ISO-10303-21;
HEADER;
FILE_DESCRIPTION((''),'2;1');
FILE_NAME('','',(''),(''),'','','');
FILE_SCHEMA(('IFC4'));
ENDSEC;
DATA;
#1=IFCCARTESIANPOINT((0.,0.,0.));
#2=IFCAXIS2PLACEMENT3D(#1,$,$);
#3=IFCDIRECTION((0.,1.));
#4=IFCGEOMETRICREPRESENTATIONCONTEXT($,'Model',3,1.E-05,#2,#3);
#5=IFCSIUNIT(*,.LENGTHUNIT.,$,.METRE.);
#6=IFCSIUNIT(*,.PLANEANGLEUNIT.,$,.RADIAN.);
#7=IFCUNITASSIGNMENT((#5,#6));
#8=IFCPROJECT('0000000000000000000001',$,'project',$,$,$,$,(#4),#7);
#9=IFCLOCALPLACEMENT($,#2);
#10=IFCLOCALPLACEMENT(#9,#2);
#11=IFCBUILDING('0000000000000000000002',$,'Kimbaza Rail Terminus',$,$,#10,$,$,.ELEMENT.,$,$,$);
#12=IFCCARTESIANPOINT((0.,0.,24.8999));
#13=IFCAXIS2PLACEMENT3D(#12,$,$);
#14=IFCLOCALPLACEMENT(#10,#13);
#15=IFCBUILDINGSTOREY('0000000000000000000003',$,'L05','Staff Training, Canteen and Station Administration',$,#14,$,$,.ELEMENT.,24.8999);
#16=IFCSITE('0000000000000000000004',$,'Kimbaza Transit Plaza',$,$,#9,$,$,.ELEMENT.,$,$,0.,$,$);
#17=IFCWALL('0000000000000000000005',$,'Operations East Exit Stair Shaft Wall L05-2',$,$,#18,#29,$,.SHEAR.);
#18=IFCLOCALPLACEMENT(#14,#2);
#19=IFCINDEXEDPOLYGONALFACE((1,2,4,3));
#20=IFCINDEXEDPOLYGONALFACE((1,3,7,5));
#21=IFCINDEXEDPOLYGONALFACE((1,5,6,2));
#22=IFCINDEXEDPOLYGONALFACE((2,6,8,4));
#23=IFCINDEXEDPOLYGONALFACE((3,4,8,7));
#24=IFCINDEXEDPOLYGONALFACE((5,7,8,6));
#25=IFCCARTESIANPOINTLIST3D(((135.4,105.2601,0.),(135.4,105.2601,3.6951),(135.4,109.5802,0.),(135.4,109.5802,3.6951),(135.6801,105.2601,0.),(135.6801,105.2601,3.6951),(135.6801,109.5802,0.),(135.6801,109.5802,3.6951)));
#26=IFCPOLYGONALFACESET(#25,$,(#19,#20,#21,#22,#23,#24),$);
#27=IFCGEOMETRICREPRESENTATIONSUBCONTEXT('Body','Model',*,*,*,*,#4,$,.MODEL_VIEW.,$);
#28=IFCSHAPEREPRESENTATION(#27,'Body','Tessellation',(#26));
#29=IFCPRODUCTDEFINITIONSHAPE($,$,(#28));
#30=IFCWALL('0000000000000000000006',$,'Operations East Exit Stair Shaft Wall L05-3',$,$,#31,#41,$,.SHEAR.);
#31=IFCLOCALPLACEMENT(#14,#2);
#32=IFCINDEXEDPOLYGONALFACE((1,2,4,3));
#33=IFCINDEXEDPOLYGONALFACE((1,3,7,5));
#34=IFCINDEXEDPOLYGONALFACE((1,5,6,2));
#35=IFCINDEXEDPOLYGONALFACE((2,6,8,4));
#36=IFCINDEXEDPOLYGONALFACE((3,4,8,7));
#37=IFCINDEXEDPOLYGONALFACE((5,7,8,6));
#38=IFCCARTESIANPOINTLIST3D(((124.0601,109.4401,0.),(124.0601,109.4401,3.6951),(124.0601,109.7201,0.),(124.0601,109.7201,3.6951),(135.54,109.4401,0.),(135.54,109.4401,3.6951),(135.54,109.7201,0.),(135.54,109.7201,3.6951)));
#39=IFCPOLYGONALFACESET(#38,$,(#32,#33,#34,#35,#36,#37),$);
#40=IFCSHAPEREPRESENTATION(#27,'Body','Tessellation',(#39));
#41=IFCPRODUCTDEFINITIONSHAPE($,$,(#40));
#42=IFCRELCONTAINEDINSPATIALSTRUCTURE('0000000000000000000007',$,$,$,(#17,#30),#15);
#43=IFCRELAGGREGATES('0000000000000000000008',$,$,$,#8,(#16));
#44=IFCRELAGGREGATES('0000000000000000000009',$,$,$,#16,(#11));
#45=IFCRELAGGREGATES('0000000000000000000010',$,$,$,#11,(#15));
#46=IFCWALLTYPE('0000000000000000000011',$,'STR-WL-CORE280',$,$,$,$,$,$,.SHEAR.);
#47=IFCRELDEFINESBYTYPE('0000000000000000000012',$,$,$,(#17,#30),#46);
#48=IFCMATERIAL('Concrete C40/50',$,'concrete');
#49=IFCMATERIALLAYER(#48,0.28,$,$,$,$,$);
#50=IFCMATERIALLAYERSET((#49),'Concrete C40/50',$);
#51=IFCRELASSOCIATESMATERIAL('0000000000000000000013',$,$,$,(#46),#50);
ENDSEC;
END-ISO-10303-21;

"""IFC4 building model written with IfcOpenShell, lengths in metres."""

from ifc_helpers import new_model, si_unit, direction, frame, frame_2d, origin, place, context, subcontext, project, spatial, rectangle, extrude, material, layer, layer_set, type_object, element, save


model = new_model("IFC4")

# Units and contexts
model_context = context("Model", 3, precision=1e-05, world=origin(), true_north=direction((0.0, 1.0)))
body_context = subcontext(model_context, "Body", "Model", "MODEL_VIEW")
ifc_project = project(units=[si_unit("LENGTHUNIT", "METRE"), si_unit("PLANEANGLEUNIT", "RADIAN")], contexts=[model_context])

# Site, building, storey
site_placement = place(None, origin())
site = spatial("IfcSite", under=ifc_project, at=site_placement, Name="Kimbaza Transit Plaza", CompositionType="ELEMENT", RefElevation=0.0)
building_placement = place(site_placement, origin())
building = spatial("IfcBuilding", under=site, at=building_placement, Name="Kimbaza Rail Terminus", CompositionType="ELEMENT")
storey_placement = place(building_placement, frame((0.0, 0.0, 24.8999)))
storey = spatial("IfcBuildingStorey", under=building, at=storey_placement, Name="L05", Description="Staff Training, Canteen and Station Administration", CompositionType="ELEMENT", Elevation=24.8999)

# Walls
ifc_material_1 = material(Name="Concrete C40/50", Category="concrete")
ifc_layer_1 = layer(ifc_material_1, 0.28)
ifc_layer_set_1 = layer_set([ifc_layer_1], Name="Concrete C40/50")
wall_type_1 = type_object("IfcWallType", Name="STR-WL-CORE280", PredefinedType="SHEAR", material=ifc_layer_set_1)
wall_1_placement = place(storey_placement, frame((135.54, 105.26, 0.0), z_axis=(0.0, 0.0, 1.0), x_axis=(0.0, 1.0, 0.0)))
element("IfcWall", 1, at=wall_1_placement, inside=storey, type_object=wall_type_1, Name="Operations East Exit Stair Shaft Wall L05-2", PredefinedType="SHEAR", context=body_context, shape_type="SweptSolid", body=[
    extrude(rectangle(XDim=4.3201, YDim=0.28, at=frame_2d((2.1602, 0.0))), origin(), (0.0, 0.0, 1.0), 3.6951),
])
wall_2_placement = place(storey_placement, frame((135.54, 109.5801, 0.0), z_axis=(0.0, 0.0, 1.0), x_axis=(-1.0, 0.0, 0.0)))
element("IfcWall", 2, at=wall_2_placement, inside=storey, type_object=wall_type_1, Name="Operations East Exit Stair Shaft Wall L05-3", PredefinedType="SHEAR", context=body_context, shape_type="SweptSolid", body=[
    extrude(rectangle(XDim=11.48, YDim=0.28, at=frame_2d((5.74, 0.0))), origin(), (0.0, 0.0, 1.0), 3.6951),
])

save(model, "model.ifc")
